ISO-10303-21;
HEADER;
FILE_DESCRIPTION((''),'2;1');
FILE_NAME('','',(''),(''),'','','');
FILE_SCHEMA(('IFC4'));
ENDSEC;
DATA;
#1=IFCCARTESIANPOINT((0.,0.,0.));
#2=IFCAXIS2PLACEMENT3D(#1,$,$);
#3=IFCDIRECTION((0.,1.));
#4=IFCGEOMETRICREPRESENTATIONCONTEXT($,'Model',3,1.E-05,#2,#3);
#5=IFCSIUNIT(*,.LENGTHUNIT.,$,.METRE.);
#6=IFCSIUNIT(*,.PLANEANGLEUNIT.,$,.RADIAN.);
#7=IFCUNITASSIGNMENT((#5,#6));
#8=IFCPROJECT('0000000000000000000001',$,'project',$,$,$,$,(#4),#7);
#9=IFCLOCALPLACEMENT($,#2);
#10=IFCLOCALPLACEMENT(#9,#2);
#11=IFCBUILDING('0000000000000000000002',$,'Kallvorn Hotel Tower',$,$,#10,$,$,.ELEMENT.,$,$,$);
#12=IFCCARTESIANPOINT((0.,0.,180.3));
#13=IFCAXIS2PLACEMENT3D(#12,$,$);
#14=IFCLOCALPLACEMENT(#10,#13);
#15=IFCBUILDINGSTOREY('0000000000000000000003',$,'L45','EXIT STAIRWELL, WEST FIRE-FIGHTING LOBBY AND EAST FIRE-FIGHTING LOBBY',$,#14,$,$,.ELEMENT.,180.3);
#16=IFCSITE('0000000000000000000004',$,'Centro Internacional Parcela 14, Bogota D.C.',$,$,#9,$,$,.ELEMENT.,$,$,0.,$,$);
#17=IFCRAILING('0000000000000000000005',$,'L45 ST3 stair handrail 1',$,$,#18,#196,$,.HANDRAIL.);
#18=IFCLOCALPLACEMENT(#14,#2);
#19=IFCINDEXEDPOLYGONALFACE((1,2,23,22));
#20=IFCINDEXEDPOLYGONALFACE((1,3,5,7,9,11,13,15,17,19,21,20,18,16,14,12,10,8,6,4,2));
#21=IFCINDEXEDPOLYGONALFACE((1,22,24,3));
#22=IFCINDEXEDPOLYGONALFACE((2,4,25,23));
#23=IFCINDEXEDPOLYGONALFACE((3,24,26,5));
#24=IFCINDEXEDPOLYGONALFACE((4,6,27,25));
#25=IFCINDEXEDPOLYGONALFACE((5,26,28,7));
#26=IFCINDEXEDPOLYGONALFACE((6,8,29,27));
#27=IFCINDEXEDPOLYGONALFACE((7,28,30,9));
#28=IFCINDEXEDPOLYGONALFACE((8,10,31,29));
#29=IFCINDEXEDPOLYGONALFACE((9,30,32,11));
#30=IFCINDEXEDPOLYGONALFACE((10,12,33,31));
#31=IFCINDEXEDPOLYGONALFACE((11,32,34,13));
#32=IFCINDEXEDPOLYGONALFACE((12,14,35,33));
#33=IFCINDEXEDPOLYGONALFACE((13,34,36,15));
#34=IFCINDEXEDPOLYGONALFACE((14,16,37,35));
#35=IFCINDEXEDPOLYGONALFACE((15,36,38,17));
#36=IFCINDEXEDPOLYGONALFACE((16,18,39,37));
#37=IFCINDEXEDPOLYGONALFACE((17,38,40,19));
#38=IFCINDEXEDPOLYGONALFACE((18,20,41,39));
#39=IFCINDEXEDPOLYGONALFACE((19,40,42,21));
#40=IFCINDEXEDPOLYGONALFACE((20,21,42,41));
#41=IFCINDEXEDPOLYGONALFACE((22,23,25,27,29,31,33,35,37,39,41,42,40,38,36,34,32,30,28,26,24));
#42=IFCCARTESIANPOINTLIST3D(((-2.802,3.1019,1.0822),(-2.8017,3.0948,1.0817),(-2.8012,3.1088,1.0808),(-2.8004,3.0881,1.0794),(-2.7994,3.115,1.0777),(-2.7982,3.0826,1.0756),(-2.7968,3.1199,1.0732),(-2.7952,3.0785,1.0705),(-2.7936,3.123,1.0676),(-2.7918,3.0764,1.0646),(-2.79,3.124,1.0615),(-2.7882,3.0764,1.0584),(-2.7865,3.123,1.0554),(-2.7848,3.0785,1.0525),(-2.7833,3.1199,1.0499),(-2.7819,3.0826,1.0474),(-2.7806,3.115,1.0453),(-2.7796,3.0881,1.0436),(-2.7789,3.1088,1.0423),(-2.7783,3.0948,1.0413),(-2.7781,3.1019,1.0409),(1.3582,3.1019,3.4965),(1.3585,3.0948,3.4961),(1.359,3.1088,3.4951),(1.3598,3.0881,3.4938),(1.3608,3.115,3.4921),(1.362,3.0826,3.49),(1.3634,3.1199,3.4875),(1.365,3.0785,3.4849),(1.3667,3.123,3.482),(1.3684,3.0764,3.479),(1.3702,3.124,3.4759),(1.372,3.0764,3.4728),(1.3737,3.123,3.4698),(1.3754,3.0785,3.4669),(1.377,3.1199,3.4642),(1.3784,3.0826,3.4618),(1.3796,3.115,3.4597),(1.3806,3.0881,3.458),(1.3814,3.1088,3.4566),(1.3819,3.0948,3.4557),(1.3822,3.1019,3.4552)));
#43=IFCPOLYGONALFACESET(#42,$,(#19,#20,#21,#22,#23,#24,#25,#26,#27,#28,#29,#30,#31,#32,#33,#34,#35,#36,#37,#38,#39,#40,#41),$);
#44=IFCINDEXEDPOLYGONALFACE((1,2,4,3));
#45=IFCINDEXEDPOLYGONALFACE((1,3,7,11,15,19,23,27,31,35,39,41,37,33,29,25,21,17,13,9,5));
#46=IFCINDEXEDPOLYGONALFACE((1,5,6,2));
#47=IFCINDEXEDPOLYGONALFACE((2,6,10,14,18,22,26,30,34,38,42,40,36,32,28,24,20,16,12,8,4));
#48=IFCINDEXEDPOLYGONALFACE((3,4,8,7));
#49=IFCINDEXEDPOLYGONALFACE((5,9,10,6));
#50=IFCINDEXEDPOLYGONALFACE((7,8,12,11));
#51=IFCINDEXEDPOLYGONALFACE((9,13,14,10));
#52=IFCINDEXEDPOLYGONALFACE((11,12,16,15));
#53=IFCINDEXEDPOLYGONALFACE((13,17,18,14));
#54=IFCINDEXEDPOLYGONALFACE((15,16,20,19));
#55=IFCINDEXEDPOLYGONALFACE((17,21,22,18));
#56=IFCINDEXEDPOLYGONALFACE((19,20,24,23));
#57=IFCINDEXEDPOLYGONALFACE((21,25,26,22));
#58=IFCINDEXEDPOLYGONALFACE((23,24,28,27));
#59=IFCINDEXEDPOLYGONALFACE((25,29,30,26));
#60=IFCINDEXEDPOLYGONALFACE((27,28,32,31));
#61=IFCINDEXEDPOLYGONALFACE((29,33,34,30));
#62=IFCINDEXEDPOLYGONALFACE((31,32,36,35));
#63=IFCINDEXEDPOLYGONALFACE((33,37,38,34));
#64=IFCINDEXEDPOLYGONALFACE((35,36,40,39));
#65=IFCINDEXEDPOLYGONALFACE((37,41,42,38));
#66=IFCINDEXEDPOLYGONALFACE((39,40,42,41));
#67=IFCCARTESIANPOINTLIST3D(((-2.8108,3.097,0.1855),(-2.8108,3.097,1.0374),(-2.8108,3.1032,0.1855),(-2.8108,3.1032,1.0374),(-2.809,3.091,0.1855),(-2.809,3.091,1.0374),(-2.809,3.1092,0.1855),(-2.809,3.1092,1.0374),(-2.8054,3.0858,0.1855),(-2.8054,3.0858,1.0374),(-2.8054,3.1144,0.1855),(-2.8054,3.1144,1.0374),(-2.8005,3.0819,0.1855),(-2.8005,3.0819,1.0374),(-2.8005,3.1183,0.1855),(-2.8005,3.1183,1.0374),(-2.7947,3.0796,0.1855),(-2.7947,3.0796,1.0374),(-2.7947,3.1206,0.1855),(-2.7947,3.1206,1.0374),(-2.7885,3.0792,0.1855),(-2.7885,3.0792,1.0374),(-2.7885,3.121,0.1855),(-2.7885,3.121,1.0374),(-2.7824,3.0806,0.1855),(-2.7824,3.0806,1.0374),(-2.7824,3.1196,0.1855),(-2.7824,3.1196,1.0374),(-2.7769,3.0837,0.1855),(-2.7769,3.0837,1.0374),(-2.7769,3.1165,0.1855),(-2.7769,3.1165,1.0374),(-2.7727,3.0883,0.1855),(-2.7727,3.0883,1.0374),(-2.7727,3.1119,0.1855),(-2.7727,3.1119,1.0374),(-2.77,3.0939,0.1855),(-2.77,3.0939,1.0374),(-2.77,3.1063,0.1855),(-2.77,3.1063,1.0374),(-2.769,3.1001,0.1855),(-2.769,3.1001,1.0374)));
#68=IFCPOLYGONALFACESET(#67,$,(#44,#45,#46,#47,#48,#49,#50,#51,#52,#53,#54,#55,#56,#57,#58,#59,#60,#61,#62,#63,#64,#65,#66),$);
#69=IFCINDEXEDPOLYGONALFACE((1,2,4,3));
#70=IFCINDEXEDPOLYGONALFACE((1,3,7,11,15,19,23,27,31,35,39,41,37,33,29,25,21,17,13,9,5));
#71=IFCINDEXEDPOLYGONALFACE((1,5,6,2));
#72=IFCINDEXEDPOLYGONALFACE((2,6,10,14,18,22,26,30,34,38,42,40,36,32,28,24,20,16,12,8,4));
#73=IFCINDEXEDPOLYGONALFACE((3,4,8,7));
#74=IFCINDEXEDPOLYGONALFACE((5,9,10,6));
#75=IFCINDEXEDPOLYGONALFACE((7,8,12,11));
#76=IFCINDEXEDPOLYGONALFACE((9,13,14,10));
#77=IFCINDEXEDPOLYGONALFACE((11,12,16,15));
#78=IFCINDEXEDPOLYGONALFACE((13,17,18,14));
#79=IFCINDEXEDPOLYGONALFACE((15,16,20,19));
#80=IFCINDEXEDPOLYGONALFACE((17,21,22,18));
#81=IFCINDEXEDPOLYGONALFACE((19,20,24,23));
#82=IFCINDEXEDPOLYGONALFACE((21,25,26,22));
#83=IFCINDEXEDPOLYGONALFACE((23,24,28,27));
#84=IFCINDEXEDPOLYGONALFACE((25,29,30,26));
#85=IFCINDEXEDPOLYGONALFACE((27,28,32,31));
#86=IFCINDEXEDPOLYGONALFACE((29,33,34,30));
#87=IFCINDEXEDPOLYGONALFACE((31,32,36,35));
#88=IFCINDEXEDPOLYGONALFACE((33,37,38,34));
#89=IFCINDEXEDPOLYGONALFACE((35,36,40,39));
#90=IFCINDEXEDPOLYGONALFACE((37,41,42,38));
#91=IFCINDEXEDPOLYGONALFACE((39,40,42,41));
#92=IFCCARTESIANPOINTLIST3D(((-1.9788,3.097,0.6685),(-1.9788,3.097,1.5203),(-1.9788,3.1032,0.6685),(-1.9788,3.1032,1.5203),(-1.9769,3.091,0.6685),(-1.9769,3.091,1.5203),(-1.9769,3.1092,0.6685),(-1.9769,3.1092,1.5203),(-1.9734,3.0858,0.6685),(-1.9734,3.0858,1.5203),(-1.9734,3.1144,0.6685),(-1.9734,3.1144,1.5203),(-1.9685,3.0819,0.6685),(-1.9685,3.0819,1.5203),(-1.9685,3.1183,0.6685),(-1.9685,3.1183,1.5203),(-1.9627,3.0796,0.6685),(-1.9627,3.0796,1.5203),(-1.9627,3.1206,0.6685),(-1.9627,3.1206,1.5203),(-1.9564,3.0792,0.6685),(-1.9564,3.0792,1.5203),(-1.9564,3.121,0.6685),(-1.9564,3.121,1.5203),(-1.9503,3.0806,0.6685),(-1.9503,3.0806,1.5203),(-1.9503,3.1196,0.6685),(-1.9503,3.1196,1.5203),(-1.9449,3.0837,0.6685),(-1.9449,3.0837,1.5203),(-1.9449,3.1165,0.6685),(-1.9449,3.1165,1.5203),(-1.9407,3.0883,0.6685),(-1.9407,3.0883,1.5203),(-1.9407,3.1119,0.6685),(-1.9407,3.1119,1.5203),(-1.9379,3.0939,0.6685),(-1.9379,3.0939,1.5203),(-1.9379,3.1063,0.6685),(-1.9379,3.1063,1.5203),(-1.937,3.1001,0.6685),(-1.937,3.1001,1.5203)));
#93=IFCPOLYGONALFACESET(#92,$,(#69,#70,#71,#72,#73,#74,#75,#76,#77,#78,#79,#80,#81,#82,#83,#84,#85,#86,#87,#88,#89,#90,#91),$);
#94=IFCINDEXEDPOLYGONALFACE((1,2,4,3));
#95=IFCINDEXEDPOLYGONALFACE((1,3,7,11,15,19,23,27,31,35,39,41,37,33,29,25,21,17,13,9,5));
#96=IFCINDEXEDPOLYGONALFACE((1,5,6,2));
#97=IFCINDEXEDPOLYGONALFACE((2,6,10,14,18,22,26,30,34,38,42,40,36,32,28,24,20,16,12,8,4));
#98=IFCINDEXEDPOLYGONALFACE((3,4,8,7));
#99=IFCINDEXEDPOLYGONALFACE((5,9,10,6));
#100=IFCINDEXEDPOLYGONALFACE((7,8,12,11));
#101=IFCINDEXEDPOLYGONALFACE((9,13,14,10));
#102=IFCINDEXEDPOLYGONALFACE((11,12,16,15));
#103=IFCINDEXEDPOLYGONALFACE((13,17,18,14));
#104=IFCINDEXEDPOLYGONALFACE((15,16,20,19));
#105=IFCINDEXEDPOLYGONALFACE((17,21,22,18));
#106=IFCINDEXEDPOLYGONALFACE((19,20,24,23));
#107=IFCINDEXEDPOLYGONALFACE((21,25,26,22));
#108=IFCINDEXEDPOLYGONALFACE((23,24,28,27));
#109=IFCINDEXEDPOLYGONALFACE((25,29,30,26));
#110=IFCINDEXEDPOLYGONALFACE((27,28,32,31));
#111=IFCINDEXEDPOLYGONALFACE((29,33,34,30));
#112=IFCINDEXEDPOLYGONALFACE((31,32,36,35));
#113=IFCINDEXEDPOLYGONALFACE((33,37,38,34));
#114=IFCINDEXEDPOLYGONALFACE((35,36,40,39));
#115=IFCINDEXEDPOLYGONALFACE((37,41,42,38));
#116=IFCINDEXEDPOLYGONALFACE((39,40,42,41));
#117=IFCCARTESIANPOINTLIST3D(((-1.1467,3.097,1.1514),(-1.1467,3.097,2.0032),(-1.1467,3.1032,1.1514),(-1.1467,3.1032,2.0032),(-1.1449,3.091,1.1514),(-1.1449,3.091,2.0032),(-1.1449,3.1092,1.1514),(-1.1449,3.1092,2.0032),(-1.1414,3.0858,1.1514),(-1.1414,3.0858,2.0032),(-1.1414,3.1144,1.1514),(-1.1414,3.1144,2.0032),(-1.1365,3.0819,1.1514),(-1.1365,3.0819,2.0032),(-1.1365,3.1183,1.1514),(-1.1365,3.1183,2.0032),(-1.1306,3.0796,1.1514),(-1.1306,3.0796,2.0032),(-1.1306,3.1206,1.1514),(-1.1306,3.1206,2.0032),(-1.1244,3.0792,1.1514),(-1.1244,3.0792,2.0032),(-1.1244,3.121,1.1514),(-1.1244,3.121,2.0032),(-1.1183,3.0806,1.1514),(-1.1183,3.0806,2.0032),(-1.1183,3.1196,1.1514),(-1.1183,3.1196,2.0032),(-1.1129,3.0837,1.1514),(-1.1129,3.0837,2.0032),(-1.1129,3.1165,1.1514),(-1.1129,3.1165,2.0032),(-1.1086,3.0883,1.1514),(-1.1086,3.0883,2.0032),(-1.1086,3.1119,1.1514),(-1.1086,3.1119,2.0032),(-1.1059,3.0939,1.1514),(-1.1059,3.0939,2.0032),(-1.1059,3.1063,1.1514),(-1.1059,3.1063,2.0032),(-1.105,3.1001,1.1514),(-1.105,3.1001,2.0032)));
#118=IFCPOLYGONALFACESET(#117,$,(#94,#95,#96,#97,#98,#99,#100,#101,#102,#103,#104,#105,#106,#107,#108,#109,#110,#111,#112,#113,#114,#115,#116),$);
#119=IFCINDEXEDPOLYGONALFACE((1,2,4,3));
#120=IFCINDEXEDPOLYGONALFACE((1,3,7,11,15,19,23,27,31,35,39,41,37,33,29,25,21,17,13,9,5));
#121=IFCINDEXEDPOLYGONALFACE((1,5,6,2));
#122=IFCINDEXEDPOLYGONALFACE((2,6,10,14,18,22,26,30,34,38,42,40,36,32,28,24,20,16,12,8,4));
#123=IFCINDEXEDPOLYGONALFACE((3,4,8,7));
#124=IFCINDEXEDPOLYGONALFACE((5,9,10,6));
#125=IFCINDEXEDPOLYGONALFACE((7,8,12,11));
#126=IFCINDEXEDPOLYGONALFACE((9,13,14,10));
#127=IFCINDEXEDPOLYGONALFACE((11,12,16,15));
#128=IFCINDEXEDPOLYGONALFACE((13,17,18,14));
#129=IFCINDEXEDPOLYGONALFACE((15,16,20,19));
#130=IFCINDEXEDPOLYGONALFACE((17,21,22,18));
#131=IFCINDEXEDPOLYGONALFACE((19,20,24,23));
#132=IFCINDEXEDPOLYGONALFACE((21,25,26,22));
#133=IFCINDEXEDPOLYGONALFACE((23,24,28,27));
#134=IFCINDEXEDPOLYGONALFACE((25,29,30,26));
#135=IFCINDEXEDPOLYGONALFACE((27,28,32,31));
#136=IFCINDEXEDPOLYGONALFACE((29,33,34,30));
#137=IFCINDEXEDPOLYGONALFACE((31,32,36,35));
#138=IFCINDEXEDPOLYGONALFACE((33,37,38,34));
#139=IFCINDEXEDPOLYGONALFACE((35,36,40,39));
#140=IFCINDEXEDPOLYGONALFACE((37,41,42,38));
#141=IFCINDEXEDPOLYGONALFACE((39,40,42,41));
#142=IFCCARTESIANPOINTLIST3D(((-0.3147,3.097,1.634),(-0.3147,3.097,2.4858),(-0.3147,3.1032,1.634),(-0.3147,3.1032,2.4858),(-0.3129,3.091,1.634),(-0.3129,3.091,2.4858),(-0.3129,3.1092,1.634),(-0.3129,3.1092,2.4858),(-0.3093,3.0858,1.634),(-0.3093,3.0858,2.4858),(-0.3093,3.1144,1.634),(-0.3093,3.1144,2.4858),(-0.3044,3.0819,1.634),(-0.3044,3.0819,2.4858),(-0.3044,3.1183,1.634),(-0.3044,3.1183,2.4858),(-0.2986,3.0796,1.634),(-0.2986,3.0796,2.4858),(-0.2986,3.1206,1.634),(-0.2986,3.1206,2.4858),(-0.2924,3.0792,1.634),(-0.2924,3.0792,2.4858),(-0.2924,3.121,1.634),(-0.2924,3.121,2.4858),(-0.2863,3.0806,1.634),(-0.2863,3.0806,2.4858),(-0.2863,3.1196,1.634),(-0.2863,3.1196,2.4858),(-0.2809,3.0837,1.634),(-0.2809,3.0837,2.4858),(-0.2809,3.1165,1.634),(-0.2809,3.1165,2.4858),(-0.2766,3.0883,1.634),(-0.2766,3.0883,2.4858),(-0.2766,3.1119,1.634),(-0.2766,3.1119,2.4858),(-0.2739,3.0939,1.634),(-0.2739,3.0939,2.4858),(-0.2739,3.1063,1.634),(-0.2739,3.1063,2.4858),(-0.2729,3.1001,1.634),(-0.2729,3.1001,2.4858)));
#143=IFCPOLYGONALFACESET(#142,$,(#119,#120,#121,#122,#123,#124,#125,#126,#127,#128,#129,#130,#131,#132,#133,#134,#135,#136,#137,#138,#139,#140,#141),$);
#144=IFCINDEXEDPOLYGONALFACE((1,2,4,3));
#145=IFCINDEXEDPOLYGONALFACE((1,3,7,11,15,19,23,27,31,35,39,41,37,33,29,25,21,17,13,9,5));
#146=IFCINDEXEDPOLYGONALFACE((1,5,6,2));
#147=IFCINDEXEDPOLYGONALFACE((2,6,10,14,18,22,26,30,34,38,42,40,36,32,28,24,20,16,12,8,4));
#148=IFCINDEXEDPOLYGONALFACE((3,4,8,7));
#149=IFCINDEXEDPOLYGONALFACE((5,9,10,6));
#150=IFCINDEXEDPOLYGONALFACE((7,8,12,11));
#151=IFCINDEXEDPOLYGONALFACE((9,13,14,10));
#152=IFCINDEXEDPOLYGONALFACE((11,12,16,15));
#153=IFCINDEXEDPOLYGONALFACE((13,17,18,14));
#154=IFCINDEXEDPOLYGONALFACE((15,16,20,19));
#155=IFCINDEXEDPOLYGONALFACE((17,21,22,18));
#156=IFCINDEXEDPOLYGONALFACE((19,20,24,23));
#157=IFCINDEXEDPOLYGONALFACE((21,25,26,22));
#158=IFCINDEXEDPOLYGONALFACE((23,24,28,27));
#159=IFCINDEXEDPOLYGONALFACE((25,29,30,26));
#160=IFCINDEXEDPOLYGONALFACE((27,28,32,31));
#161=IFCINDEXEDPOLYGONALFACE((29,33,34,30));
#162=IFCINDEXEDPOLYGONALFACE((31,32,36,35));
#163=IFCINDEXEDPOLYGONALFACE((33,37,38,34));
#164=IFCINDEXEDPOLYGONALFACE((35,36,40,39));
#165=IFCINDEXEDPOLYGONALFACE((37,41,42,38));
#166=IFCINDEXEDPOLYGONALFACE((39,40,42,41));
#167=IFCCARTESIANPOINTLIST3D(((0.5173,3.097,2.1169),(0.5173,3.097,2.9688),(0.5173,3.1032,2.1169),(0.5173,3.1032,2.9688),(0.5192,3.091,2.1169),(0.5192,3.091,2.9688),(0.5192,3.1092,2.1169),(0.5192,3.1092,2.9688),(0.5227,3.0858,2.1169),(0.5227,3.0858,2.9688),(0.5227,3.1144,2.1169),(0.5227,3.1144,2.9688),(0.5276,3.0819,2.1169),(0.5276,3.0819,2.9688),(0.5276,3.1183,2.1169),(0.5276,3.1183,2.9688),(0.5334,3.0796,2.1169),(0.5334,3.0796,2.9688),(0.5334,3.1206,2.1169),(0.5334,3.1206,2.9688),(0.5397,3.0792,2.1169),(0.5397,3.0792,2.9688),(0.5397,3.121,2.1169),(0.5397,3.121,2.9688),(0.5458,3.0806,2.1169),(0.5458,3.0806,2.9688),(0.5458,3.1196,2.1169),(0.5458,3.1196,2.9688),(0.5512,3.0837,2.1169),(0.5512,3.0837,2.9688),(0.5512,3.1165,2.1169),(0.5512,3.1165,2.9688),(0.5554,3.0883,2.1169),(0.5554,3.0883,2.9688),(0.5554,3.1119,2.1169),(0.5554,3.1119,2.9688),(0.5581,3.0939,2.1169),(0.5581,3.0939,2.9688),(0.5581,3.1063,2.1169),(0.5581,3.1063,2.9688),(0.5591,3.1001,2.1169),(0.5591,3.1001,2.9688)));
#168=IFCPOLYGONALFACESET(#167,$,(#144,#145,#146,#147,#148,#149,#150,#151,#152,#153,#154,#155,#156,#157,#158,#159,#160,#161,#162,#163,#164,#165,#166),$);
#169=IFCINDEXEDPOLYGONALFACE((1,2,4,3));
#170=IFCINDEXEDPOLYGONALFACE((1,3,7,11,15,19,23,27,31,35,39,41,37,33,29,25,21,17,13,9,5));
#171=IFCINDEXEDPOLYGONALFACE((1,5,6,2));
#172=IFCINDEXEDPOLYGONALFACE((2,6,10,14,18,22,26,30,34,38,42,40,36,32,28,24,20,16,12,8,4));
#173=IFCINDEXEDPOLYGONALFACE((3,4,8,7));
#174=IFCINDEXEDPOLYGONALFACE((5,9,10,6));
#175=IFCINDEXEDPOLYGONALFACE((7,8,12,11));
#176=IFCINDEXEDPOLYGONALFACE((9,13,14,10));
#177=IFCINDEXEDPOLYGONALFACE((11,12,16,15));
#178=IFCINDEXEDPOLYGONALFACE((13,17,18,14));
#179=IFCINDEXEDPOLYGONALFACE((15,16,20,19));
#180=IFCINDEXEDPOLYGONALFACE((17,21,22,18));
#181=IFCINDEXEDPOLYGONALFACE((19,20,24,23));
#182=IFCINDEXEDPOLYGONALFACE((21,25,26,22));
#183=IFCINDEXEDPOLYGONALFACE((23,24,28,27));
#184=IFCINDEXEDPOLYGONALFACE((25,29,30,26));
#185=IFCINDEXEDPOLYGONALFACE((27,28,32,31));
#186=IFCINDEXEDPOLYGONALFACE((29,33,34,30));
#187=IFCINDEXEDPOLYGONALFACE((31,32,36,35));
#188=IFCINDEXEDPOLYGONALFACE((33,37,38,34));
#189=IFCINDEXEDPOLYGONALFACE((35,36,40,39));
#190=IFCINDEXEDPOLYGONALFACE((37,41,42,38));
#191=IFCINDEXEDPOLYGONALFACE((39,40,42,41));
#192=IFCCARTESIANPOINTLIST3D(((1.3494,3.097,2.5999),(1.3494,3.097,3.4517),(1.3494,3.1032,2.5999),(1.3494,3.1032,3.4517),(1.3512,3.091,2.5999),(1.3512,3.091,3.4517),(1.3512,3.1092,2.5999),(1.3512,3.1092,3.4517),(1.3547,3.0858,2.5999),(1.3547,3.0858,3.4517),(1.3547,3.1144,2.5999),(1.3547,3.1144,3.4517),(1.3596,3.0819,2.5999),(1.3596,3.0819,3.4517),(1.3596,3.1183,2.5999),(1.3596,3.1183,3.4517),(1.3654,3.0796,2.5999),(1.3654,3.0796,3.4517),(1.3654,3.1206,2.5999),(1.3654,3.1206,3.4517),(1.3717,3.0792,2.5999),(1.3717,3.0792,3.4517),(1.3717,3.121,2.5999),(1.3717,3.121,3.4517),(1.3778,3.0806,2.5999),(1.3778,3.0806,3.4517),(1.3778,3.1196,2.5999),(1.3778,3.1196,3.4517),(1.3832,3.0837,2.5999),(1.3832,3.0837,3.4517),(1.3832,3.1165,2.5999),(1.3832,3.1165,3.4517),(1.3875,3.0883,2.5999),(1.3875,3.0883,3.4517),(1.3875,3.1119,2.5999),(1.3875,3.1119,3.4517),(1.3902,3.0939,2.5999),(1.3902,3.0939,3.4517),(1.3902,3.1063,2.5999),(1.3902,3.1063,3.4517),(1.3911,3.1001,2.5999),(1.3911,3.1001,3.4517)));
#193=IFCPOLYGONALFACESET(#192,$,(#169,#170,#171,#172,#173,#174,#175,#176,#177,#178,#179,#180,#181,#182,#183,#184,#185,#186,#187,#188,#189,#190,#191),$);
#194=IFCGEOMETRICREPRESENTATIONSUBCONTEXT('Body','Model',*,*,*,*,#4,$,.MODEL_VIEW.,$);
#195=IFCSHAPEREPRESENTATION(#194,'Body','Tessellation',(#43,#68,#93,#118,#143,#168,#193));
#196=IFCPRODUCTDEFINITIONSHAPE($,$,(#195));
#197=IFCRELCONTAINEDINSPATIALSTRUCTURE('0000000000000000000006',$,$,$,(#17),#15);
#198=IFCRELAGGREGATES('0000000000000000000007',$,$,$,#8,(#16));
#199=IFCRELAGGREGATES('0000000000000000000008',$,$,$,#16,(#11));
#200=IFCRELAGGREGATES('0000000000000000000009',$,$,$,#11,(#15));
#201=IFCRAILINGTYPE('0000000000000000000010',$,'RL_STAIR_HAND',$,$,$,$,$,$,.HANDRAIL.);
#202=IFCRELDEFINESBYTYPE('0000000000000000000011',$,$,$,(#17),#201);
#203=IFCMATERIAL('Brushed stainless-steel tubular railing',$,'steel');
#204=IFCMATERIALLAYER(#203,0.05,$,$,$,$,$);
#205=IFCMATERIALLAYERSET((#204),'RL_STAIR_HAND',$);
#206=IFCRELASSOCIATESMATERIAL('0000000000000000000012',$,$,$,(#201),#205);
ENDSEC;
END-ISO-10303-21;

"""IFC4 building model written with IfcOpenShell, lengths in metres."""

from ifc_helpers import new_model, si_unit, direction, frame, origin, origin_2d, place, context, subcontext, project, spatial, circle, extrude, material, layer, layer_set, type_object, element, save


model = new_model("IFC4")

# Units and contexts
model_context = context("Model", 3, precision=1e-05, world=origin(), true_north=direction((0.0, 1.0)))
body_context = subcontext(model_context, "Body", "Model", "MODEL_VIEW")
ifc_project = project(units=[si_unit("LENGTHUNIT", "METRE"), si_unit("PLANEANGLEUNIT", "RADIAN")], contexts=[model_context])

# Site, building, storey
site_placement = place(None, origin())
site = spatial("IfcSite", under=ifc_project, at=site_placement, Name="Centro Internacional Parcela 14, Bogota D.C.", CompositionType="ELEMENT", RefElevation=0.0)
building_placement = place(site_placement, origin())
building = spatial("IfcBuilding", under=site, at=building_placement, Name="Kallvorn Hotel Tower", CompositionType="ELEMENT")
storey_placement = place(building_placement, frame((0.0, 0.0, 180.3)))
storey = spatial("IfcBuildingStorey", under=building, at=storey_placement, Name="L45", Description="EXIT STAIRWELL, WEST FIRE-FIGHTING LOBBY AND EAST FIRE-FIGHTING LOBBY", CompositionType="ELEMENT", Elevation=180.3)

# Railing
ifc_material_1 = material(Name="Brushed stainless-steel tubular railing", Category="steel")
ifc_layer_1 = layer(ifc_material_1, 0.05)
ifc_layer_set_1 = layer_set([ifc_layer_1], Name="RL_STAIR_HAND")
railing_type_1 = type_object("IfcRailingType", Name="RL_STAIR_HAND", PredefinedType="HANDRAIL", material=ifc_layer_set_1)
railing_1_placement = place(storey_placement, frame((-2.79, 3.1001, 0.1855)))
element("IfcRailing", 1, at=railing_1_placement, inside=storey, type_object=railing_type_1, Name="L45 ST3 stair handrail 1", PredefinedType="HANDRAIL", context=body_context, shape_type="SweptSolid", body=[
    extrude(circle(Radius=0.0239, at=origin_2d()), frame((0.0, 0.0, 0.876), z_axis=(0.864903, 0.0, 0.501938), x_axis=(0.0, 1.0, 0.0)), (0.0, 0.0, 1.0), 4.8101),
    extrude(circle(Radius=0.021, at=origin_2d()), origin(), (0.0, 0.0, 1.0), 0.8518),
    extrude(circle(Radius=0.021, at=origin_2d()), frame((0.832, 0.0, 0.4829)), (0.0, 0.0, 1.0), 0.8518),
    extrude(circle(Radius=0.021, at=origin_2d()), frame((1.6641, 0.0, 0.9658)), (0.0, 0.0, 1.0), 0.8518),
    extrude(circle(Radius=0.021, at=origin_2d()), frame((2.4961, 0.0, 1.4485)), (0.0, 0.0, 1.0), 0.8518),
    extrude(circle(Radius=0.021, at=origin_2d()), frame((3.3281, 0.0, 1.9314)), (0.0, 0.0, 1.0), 0.8518),
    extrude(circle(Radius=0.021, at=origin_2d()), frame((4.1602, 0.0, 2.4143)), (0.0, 0.0, 1.0), 0.8518),
])

save(model, "model.ifc")
